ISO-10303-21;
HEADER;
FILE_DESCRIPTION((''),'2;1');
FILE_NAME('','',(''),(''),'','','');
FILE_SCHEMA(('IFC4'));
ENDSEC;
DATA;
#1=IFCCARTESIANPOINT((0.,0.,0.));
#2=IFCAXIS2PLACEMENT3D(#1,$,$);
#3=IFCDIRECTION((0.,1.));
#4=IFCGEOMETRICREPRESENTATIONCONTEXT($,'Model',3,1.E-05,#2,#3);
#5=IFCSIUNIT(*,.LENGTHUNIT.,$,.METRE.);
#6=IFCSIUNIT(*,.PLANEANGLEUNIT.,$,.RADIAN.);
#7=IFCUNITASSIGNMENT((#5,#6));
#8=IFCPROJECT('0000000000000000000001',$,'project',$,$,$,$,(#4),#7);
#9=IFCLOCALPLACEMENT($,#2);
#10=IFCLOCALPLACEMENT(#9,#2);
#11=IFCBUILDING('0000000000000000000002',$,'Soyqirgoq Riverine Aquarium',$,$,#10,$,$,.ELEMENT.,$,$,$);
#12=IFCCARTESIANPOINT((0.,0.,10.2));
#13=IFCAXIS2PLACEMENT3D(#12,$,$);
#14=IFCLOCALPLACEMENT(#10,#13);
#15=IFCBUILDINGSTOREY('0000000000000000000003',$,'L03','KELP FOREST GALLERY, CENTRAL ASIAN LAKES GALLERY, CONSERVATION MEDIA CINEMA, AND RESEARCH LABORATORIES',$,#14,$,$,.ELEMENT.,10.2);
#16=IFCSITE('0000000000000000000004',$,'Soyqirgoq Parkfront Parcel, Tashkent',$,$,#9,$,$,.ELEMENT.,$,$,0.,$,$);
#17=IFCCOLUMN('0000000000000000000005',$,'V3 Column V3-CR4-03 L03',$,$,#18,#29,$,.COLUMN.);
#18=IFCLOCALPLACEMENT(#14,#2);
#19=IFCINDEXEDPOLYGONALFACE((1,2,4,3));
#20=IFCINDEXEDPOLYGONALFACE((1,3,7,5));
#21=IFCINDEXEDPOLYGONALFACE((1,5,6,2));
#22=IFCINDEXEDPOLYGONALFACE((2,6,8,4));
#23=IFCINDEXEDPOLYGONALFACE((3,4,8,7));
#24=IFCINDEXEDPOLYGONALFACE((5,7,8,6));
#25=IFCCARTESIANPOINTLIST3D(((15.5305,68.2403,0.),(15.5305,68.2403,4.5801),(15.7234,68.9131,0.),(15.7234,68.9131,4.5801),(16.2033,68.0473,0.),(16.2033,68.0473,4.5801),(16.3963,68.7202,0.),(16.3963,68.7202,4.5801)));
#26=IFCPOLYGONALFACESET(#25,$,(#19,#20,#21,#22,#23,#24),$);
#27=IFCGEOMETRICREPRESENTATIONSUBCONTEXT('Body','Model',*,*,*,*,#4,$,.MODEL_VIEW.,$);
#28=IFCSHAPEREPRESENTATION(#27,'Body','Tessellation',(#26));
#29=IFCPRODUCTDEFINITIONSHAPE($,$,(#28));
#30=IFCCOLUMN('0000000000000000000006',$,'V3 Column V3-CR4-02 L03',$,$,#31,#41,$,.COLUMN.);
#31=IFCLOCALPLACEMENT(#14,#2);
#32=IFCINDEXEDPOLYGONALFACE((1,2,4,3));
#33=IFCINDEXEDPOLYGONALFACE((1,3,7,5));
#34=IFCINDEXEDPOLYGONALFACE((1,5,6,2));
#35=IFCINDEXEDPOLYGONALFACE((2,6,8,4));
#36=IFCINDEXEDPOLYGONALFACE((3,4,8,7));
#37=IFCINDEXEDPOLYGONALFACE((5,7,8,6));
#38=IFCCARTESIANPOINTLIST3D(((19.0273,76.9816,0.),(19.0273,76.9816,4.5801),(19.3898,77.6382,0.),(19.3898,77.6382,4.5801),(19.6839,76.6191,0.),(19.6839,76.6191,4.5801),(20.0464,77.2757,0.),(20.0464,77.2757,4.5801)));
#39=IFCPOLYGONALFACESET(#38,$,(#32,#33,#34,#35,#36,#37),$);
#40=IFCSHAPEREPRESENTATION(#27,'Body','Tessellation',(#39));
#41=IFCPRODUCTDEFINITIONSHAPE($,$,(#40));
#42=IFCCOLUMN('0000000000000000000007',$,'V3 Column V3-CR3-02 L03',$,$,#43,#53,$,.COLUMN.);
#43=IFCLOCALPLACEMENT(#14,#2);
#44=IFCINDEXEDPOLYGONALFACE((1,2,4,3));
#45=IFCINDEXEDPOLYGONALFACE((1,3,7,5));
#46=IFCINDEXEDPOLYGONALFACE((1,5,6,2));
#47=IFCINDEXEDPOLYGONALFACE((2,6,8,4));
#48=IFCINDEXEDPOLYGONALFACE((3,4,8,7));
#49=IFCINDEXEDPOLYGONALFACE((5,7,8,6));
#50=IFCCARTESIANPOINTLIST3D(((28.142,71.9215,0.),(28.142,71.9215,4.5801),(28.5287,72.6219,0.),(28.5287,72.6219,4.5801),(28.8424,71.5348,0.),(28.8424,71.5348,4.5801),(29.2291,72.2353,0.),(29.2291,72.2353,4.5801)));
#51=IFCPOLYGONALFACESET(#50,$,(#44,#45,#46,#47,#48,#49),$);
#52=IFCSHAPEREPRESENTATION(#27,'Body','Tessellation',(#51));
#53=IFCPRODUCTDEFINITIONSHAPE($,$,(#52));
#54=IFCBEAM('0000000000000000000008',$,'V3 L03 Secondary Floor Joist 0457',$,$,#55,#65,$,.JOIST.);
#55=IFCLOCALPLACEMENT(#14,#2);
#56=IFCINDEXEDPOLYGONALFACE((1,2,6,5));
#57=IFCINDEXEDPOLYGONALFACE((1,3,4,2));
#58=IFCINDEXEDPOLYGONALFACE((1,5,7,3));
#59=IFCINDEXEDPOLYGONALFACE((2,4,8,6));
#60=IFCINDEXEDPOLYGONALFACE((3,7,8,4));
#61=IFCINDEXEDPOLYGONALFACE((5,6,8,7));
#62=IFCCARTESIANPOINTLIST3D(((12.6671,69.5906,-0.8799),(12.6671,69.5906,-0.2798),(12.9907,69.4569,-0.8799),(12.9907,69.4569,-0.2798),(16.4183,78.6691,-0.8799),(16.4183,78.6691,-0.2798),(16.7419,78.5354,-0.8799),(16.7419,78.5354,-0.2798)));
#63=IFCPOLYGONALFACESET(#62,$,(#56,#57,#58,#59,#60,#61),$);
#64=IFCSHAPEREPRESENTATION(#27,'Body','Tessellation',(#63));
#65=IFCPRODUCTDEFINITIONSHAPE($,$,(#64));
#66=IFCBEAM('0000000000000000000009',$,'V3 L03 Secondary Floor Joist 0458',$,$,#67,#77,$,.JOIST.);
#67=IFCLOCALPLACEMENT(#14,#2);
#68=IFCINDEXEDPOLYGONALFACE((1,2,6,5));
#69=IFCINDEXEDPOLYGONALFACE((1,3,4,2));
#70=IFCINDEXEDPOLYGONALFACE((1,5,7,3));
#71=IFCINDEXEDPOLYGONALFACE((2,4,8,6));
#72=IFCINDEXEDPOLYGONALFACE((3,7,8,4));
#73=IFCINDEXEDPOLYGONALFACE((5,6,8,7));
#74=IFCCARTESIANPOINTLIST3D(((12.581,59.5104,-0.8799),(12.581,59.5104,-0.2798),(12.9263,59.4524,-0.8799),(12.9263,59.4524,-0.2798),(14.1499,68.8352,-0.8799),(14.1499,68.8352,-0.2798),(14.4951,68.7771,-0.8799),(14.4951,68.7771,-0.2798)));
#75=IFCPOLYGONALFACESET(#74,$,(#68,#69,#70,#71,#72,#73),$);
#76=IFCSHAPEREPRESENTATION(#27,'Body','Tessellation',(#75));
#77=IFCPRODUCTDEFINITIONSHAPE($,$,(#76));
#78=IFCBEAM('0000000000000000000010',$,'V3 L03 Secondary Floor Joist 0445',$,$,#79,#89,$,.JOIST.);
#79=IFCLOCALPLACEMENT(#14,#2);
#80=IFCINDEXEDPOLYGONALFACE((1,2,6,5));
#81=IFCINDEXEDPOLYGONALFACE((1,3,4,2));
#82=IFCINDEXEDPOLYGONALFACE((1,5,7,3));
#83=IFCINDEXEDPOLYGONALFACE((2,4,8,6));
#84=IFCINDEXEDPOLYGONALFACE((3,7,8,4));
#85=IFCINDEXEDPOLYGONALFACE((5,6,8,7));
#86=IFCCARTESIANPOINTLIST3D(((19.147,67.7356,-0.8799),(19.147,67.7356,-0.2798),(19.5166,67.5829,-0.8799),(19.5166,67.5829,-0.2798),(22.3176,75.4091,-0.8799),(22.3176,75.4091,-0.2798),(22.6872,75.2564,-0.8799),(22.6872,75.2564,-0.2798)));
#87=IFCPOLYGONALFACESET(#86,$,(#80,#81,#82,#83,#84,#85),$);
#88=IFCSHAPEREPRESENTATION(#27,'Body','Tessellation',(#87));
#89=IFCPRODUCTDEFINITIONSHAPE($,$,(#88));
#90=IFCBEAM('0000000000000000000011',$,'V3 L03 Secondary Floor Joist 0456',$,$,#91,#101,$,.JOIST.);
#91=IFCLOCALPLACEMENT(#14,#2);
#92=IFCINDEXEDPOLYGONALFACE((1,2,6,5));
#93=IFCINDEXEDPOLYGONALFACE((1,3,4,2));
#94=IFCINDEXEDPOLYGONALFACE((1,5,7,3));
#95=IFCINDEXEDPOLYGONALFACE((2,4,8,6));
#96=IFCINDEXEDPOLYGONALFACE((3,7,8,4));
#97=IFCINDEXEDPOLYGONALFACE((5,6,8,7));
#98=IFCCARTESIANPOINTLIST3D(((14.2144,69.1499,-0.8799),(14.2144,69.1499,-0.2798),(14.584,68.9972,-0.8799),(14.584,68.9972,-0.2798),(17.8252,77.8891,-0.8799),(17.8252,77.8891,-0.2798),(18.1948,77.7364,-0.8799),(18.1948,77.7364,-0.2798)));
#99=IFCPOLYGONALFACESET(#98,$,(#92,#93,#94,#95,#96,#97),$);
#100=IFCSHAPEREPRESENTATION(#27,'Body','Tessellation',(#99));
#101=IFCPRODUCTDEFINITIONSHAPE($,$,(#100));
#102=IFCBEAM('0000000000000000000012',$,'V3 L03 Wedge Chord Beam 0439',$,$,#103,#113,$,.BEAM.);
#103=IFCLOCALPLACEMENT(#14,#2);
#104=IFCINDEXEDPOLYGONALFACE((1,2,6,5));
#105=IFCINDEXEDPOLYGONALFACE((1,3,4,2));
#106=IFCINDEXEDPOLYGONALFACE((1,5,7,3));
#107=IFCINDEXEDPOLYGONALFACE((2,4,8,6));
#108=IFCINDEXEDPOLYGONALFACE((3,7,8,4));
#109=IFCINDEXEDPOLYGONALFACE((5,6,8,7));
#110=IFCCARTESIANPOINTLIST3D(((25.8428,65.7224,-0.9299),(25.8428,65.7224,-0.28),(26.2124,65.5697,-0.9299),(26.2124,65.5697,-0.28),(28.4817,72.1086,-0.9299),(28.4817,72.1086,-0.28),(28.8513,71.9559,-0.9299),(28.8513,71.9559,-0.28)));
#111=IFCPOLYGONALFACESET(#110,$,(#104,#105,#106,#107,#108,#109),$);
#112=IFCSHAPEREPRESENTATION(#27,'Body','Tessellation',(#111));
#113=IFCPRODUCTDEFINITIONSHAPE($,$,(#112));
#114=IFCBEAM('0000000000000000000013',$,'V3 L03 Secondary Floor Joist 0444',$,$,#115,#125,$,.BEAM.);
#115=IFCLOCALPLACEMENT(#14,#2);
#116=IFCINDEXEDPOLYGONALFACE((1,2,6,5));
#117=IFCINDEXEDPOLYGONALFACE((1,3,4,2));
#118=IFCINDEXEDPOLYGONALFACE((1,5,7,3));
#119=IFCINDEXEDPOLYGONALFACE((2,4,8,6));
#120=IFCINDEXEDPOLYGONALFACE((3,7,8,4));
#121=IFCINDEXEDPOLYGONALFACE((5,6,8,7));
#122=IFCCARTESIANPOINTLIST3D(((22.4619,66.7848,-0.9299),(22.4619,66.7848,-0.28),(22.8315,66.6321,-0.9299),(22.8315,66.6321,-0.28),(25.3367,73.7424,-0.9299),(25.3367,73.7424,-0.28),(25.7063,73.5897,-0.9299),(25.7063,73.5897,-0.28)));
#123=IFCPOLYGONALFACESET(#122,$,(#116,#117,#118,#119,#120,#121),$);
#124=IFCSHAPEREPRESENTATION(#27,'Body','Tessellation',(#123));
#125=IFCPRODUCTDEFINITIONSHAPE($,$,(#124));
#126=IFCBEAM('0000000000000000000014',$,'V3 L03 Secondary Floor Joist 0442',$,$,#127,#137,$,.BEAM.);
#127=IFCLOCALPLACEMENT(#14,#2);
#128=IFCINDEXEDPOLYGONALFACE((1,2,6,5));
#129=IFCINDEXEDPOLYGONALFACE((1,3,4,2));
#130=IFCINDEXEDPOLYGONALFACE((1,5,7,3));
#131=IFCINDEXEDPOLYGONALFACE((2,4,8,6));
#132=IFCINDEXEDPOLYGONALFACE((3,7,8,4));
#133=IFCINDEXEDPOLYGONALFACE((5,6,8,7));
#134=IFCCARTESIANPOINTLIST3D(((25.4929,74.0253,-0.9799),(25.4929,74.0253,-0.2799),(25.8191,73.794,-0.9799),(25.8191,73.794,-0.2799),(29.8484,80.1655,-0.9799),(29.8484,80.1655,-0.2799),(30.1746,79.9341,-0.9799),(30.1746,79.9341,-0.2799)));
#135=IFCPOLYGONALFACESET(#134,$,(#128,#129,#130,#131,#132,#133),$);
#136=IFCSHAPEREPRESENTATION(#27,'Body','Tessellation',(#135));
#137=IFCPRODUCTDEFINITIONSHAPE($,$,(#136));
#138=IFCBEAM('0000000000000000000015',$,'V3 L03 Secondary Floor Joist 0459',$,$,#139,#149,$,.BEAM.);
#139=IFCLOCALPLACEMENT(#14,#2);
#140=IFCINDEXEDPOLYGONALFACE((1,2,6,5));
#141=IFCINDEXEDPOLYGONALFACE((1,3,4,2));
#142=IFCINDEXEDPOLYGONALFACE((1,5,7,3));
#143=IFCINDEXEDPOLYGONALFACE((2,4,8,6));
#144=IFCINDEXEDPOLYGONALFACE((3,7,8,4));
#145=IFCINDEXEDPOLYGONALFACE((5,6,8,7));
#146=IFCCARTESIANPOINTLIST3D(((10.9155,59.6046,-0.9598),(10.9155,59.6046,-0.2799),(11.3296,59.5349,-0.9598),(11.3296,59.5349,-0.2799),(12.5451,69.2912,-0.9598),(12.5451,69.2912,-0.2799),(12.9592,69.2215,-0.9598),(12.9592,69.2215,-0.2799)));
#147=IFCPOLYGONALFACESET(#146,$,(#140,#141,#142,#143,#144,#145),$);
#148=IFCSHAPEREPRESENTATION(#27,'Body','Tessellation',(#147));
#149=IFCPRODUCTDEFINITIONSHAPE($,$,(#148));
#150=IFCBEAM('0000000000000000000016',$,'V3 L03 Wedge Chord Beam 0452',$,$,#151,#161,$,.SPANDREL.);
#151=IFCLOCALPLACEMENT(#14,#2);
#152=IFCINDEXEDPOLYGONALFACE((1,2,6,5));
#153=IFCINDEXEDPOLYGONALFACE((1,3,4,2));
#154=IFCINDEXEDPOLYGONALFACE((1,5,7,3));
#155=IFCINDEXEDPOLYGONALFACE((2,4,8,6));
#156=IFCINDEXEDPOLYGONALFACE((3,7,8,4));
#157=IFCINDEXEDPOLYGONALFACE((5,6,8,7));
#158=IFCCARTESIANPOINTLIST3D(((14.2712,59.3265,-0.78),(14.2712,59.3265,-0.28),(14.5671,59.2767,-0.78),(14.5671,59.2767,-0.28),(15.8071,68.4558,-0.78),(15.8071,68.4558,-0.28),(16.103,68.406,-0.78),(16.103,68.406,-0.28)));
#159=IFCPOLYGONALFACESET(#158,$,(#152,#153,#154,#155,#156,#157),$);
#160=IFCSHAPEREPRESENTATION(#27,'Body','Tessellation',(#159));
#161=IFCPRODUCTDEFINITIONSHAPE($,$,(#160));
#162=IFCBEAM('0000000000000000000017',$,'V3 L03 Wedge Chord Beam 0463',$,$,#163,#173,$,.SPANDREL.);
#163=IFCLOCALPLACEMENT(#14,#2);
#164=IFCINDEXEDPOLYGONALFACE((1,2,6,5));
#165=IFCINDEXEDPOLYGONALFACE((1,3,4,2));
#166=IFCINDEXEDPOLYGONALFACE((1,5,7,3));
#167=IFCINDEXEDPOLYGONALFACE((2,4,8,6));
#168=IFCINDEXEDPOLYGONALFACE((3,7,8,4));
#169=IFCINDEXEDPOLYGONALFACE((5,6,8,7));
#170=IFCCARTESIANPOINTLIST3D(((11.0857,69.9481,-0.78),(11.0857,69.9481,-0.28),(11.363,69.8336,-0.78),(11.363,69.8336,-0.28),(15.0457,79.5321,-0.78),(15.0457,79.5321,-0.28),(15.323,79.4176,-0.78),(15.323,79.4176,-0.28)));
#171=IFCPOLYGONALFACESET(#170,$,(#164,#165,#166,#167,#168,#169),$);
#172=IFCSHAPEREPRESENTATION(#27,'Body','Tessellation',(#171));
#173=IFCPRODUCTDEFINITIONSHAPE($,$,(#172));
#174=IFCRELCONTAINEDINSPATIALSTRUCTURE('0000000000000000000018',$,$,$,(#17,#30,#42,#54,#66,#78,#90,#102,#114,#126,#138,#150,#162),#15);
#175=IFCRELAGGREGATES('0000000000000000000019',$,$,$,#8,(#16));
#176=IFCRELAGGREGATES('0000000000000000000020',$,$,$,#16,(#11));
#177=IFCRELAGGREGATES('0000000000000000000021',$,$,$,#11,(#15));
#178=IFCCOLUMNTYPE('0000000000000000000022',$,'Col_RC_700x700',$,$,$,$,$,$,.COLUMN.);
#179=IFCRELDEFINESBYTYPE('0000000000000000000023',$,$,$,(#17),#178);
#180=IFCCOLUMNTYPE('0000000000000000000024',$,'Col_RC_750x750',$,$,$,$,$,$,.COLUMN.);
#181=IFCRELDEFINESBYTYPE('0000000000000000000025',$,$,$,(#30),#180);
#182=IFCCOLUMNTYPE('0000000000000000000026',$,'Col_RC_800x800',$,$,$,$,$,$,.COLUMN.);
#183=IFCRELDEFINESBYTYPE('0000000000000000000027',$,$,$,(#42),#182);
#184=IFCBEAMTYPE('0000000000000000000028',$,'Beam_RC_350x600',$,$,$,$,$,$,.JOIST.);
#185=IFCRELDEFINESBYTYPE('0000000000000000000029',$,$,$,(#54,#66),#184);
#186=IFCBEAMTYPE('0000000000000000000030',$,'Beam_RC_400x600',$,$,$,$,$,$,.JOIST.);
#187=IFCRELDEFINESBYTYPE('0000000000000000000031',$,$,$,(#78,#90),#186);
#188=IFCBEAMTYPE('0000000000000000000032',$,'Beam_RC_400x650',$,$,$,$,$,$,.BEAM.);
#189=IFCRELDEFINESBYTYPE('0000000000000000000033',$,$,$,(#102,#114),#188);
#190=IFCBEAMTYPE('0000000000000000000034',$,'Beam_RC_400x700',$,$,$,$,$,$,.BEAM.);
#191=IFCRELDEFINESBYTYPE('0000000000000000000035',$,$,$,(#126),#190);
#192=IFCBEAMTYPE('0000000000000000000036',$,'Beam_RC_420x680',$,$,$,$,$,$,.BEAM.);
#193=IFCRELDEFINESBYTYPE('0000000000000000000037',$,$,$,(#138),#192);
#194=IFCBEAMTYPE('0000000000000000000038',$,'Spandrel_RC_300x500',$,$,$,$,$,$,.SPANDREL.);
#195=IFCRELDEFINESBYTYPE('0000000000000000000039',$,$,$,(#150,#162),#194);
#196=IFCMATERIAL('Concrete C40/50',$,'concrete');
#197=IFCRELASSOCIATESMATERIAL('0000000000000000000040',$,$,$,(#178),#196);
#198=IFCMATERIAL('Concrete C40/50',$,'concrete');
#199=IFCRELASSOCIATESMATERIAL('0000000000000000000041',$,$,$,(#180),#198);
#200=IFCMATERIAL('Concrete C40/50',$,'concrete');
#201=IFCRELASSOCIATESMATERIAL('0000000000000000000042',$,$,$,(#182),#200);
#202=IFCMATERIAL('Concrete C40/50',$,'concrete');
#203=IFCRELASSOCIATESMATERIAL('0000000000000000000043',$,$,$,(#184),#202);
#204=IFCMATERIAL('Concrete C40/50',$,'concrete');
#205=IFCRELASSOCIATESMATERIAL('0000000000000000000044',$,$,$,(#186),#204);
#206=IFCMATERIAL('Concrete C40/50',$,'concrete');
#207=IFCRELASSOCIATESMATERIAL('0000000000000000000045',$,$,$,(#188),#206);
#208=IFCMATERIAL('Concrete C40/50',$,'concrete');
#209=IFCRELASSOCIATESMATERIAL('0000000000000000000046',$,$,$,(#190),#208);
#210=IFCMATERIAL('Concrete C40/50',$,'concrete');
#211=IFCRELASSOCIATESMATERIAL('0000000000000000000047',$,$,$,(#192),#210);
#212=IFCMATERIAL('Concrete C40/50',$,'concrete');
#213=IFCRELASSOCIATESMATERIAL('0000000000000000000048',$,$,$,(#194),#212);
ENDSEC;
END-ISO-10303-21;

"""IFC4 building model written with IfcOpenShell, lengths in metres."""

from ifc_helpers import new_model, si_unit, direction, frame, origin, origin_2d, place, context, subcontext, project, spatial, rectangle, extrude, material, material_profile, profile_set, type_object, element, save


model = new_model("IFC4")

# Units and contexts
model_context = context("Model", 3, precision=1e-05, world=origin(), true_north=direction((0.0, 1.0)))
body_context = subcontext(model_context, "Body", "Model", "MODEL_VIEW")
ifc_project = project(units=[si_unit("LENGTHUNIT", "METRE"), si_unit("PLANEANGLEUNIT", "RADIAN")], contexts=[model_context])

# Site, building, storey
site_placement = place(None, origin())
site = spatial("IfcSite", under=ifc_project, at=site_placement, Name="Soyqirgoq Parkfront Parcel, Tashkent", CompositionType="ELEMENT", RefElevation=0.0)
building_placement = place(site_placement, origin())
building = spatial("IfcBuilding", under=site, at=building_placement, Name="Soyqirgoq Riverine Aquarium", CompositionType="ELEMENT")
storey_placement = place(building_placement, frame((0.0, 0.0, 10.2)))
storey = spatial("IfcBuildingStorey", under=building, at=storey_placement, Name="L03", Description="KELP FOREST GALLERY, CENTRAL ASIAN LAKES GALLERY, CONSERVATION MEDIA CINEMA, AND RESEARCH LABORATORIES", CompositionType="ELEMENT", Elevation=10.2)

# Columns
ifc_material_1 = material(Name="Concrete C40/50", Category="concrete")
ifc_material_profile_1 = material_profile(ifc_material_1, rectangle(XDim=0.7, YDim=0.7, at=origin_2d()), Name="RC 700x700")
ifc_profile_set_1 = profile_set([ifc_material_profile_1], Name="Concrete C40/50")
column_type_1 = type_object("IfcColumnType", Name="Col_RC_700x700", PredefinedType="COLUMN", material=ifc_profile_set_1)
column_1_placement = place(storey_placement, frame((15.9634, 68.4802, 0.0), z_axis=(0.0, 0.0, 1.0), x_axis=(-0.961262, 0.275637, 0.0)))
element("IfcColumn", 1, at=column_1_placement, inside=storey, type_object=column_type_1, Name="V3 Column V3-CR4-03 L03", PredefinedType="COLUMN", context=body_context, shape_type="SweptSolid", body=[
    extrude(rectangle(XDim=0.7, YDim=0.7, at=origin_2d()), origin(), (0.0, 0.0, 1.0), 4.5801),
])
ifc_material_2 = material(Name="Concrete C40/50", Category="concrete")
ifc_material_profile_2 = material_profile(ifc_material_2, rectangle(XDim=0.75, YDim=0.75, at=origin_2d()), Name="RC 750x750")
ifc_profile_set_2 = profile_set([ifc_material_profile_2], Name="Concrete C40/50")
column_type_2 = type_object("IfcColumnType", Name="Col_RC_750x750", PredefinedType="COLUMN", material=ifc_profile_set_2)
column_2_placement = place(storey_placement, frame((19.5369, 77.1287, 0.0), z_axis=(0.0, 0.0, 1.0), x_axis=(-0.875465, 0.483282, 0.0)))
element("IfcColumn", 2, at=column_2_placement, inside=storey, type_object=column_type_2, Name="V3 Column V3-CR4-02 L03", PredefinedType="COLUMN", context=body_context, shape_type="SweptSolid", body=[
    extrude(rectangle(XDim=0.75, YDim=0.75, at=origin_2d()), origin(), (0.0, 0.0, 1.0), 4.5801),
])
ifc_material_3 = material(Name="Concrete C40/50", Category="concrete")
ifc_material_profile_3 = material_profile(ifc_material_3, rectangle(XDim=0.8, YDim=0.8, at=origin_2d()), Name="RC 800x800")
ifc_profile_set_3 = profile_set([ifc_material_profile_3], Name="Concrete C40/50")
column_type_3 = type_object("IfcColumnType", Name="Col_RC_800x800", PredefinedType="COLUMN", material=ifc_profile_set_3)
column_3_placement = place(storey_placement, frame((28.6855, 72.0784, 0.0), z_axis=(0.0, 0.0, 1.0), x_axis=(-0.875465, 0.483282, 0.0)))
element("IfcColumn", 3, at=column_3_placement, inside=storey, type_object=column_type_3, Name="V3 Column V3-CR3-02 L03", PredefinedType="COLUMN", context=body_context, shape_type="SweptSolid", body=[
    extrude(rectangle(XDim=0.8, YDim=0.8, at=origin_2d()), origin(), (0.0, 0.0, 1.0), 4.5801),
])

# Beams
ifc_material_4 = material(Name="Concrete C40/50", Category="concrete")
ifc_material_profile_4 = material_profile(ifc_material_4, rectangle(XDim=0.3501, YDim=0.6001, at=origin_2d()), Name="RC 350x600")
ifc_profile_set_4 = profile_set([ifc_material_profile_4], Name="Concrete C40/50")
beam_type_1 = type_object("IfcBeamType", Name="Beam_RC_350x600", PredefinedType="JOIST", material=ifc_profile_set_4)
beam_1_placement = place(storey_placement, frame((16.5801, 78.6023, -0.5798), z_axis=(-0.381878, -0.924213, 0.0), x_axis=(0.924213, -0.381878, 0.0)))
element("IfcBeam", 4, at=beam_1_placement, inside=storey, type_object=beam_type_1, Name="V3 L03 Secondary Floor Joist 0457", PredefinedType="JOIST", context=body_context, shape_type="SweptSolid", body=[
    extrude(rectangle(XDim=0.3501, YDim=0.6001, at=origin_2d()), origin(), (0.0, 0.0, 1.0), 9.823),
])
beam_2_placement = place(storey_placement, frame((14.3225, 68.8062, -0.5798), z_axis=(-0.165914, -0.98614, 0.0), x_axis=(0.98614, -0.165914, 0.0)))
element("IfcBeam", 5, at=beam_2_placement, inside=storey, type_object=beam_type_1, Name="V3 L03 Secondary Floor Joist 0458", PredefinedType="JOIST", context=body_context, shape_type="SweptSolid", body=[
    extrude(rectangle(XDim=0.3501, YDim=0.6001, at=origin_2d()), origin(), (0.0, 0.0, 1.0), 9.4558),
])
ifc_material_5 = material(Name="Concrete C40/50", Category="concrete")
ifc_material_profile_5 = material_profile(ifc_material_5, rectangle(XDim=0.3999, YDim=0.6001, at=origin_2d()), Name="RC 400x600")
ifc_profile_set_5 = profile_set([ifc_material_profile_5], Name="Concrete C40/50")
beam_type_2 = type_object("IfcBeamType", Name="Beam_RC_400x600", PredefinedType="JOIST", material=ifc_profile_set_5)
beam_3_placement = place(storey_placement, frame((22.5024, 75.3328, -0.5798), z_axis=(-0.381876, -0.924213, 0.0), x_axis=(0.924213, -0.381876, 0.0)))
element("IfcBeam", 6, at=beam_3_placement, inside=storey, type_object=beam_type_2, Name="V3 L03 Secondary Floor Joist 0445", PredefinedType="JOIST", context=body_context, shape_type="SweptSolid", body=[
    extrude(rectangle(XDim=0.3999, YDim=0.6001, at=origin_2d()), origin(), (0.0, 0.0, 1.0), 8.3027),
])
beam_4_placement = place(storey_placement, frame((18.01, 77.8127, -0.5798), z_axis=(-0.381864, -0.924219, 0.0), x_axis=(0.924219, -0.381864, 0.0)))
element("IfcBeam", 7, at=beam_4_placement, inside=storey, type_object=beam_type_2, Name="V3 L03 Secondary Floor Joist 0456", PredefinedType="JOIST", context=body_context, shape_type="SweptSolid", body=[
    extrude(rectangle(XDim=0.3999, YDim=0.6001, at=origin_2d()), origin(), (0.0, 0.0, 1.0), 9.4558),
])
ifc_material_6 = material(Name="Concrete C40/50", Category="concrete")
ifc_material_profile_6 = material_profile(ifc_material_6, rectangle(XDim=0.3999, YDim=0.6499, at=origin_2d()), Name="RC 400x650")
ifc_profile_set_6 = profile_set([ifc_material_profile_6], Name="Concrete C40/50")
beam_type_3 = type_object("IfcBeamType", Name="Beam_RC_400x650", PredefinedType="BEAM", material=ifc_profile_set_6)
beam_5_placement = place(storey_placement, frame((28.6665, 72.0322, -0.605), z_axis=(-0.381899, -0.924204, 0.0), x_axis=(0.924204, -0.381899, 0.0)))
element("IfcBeam", 8, at=beam_5_placement, inside=storey, type_object=beam_type_3, Name="V3 L03 Wedge Chord Beam 0439", PredefinedType="BEAM", context=body_context, shape_type="SweptSolid", body=[
    extrude(rectangle(XDim=0.3999, YDim=0.6499, at=origin_2d()), origin(), (0.0, 0.0, 1.0), 6.9099),
])
beam_6_placement = place(storey_placement, frame((25.5215, 73.666, -0.605), z_axis=(-0.381873, -0.924215, 0.0), x_axis=(0.924215, -0.381873, 0.0)))
element("IfcBeam", 9, at=beam_6_placement, inside=storey, type_object=beam_type_3, Name="V3 L03 Secondary Floor Joist 0444", PredefinedType="BEAM", context=body_context, shape_type="SweptSolid", body=[
    extrude(rectangle(XDim=0.3999, YDim=0.6499, at=origin_2d()), origin(), (0.0, 0.0, 1.0), 7.5281),
])
ifc_material_7 = material(Name="Concrete C40/50", Category="concrete")
ifc_material_profile_7 = material_profile(ifc_material_7, rectangle(XDim=0.3999, YDim=0.7, at=origin_2d()), Name="RC 400x700")
ifc_profile_set_7 = profile_set([ifc_material_profile_7], Name="Concrete C40/50")
beam_type_4 = type_object("IfcBeamType", Name="Beam_RC_400x700", PredefinedType="BEAM", material=ifc_profile_set_7)
beam_7_placement = place(storey_placement, frame((30.0115, 80.0498, -0.6299), z_axis=(-0.578566, -0.815636, 0.0), x_axis=(0.815636, -0.578566, 0.0)))
element("IfcBeam", 10, at=beam_7_placement, inside=storey, type_object=beam_type_4, Name="V3 L03 Secondary Floor Joist 0442", PredefinedType="BEAM", context=body_context, shape_type="SweptSolid", body=[
    extrude(rectangle(XDim=0.3999, YDim=0.7, at=origin_2d()), origin(), (0.0, 0.0, 1.0), 7.5281),
])
ifc_material_8 = material(Name="Concrete C40/50", Category="concrete")
ifc_material_profile_8 = material_profile(ifc_material_8, rectangle(XDim=0.4199, YDim=0.6799, at=origin_2d()), Name="RC 420x680")
ifc_profile_set_8 = profile_set([ifc_material_profile_8], Name="Concrete C40/50")
beam_type_5 = type_object("IfcBeamType", Name="Beam_RC_420x680", PredefinedType="BEAM", material=ifc_profile_set_8)
beam_8_placement = place(storey_placement, frame((12.7522, 69.2563, -0.6199), z_axis=(-0.165906, -0.986142, 0.0), x_axis=(0.986142, -0.165906, 0.0)))
element("IfcBeam", 11, at=beam_8_placement, inside=storey, type_object=beam_type_5, Name="V3 L03 Secondary Floor Joist 0459", PredefinedType="BEAM", context=body_context, shape_type="SweptSolid", body=[
    extrude(rectangle(XDim=0.4199, YDim=0.6799, at=origin_2d()), origin(), (0.0, 0.0, 1.0), 9.8228),
])
ifc_material_9 = material(Name="Concrete C40/50", Category="concrete")
ifc_material_profile_9 = material_profile(ifc_material_9, rectangle(XDim=0.3, YDim=0.5, at=origin_2d()), Name="RC 300x500")
ifc_profile_set_9 = profile_set([ifc_material_profile_9], Name="Concrete C40/50")
beam_type_6 = type_object("IfcBeamType", Name="Spandrel_RC_300x500", PredefinedType="SPANDREL", material=ifc_profile_set_9)
beam_9_placement = place(storey_placement, frame((15.9551, 68.4309, -0.53), z_axis=(-0.165908, -0.986141, 0.0), x_axis=(0.986141, -0.165908, 0.0)))
element("IfcBeam", 12, at=beam_9_placement, inside=storey, type_object=beam_type_6, Name="V3 L03 Wedge Chord Beam 0452", PredefinedType="SPANDREL", context=body_context, shape_type="SweptSolid", body=[
    extrude(rectangle(XDim=0.3, YDim=0.5, at=origin_2d()), origin(), (0.0, 0.0, 1.0), 9.2576),
])
beam_10_placement = place(storey_placement, frame((15.1843, 79.4749, -0.53), z_axis=(-0.381872, -0.924215, 0.0), x_axis=(0.924215, -0.381872, 0.0)))
element("IfcBeam", 13, at=beam_10_placement, inside=storey, type_object=beam_type_6, Name="V3 L03 Wedge Chord Beam 0463", PredefinedType="SPANDREL", context=body_context, shape_type="SweptSolid", body=[
    extrude(rectangle(XDim=0.3, YDim=0.5, at=origin_2d()), origin(), (0.0, 0.0, 1.0), 10.3699),
])

save(model, "model.ifc")
